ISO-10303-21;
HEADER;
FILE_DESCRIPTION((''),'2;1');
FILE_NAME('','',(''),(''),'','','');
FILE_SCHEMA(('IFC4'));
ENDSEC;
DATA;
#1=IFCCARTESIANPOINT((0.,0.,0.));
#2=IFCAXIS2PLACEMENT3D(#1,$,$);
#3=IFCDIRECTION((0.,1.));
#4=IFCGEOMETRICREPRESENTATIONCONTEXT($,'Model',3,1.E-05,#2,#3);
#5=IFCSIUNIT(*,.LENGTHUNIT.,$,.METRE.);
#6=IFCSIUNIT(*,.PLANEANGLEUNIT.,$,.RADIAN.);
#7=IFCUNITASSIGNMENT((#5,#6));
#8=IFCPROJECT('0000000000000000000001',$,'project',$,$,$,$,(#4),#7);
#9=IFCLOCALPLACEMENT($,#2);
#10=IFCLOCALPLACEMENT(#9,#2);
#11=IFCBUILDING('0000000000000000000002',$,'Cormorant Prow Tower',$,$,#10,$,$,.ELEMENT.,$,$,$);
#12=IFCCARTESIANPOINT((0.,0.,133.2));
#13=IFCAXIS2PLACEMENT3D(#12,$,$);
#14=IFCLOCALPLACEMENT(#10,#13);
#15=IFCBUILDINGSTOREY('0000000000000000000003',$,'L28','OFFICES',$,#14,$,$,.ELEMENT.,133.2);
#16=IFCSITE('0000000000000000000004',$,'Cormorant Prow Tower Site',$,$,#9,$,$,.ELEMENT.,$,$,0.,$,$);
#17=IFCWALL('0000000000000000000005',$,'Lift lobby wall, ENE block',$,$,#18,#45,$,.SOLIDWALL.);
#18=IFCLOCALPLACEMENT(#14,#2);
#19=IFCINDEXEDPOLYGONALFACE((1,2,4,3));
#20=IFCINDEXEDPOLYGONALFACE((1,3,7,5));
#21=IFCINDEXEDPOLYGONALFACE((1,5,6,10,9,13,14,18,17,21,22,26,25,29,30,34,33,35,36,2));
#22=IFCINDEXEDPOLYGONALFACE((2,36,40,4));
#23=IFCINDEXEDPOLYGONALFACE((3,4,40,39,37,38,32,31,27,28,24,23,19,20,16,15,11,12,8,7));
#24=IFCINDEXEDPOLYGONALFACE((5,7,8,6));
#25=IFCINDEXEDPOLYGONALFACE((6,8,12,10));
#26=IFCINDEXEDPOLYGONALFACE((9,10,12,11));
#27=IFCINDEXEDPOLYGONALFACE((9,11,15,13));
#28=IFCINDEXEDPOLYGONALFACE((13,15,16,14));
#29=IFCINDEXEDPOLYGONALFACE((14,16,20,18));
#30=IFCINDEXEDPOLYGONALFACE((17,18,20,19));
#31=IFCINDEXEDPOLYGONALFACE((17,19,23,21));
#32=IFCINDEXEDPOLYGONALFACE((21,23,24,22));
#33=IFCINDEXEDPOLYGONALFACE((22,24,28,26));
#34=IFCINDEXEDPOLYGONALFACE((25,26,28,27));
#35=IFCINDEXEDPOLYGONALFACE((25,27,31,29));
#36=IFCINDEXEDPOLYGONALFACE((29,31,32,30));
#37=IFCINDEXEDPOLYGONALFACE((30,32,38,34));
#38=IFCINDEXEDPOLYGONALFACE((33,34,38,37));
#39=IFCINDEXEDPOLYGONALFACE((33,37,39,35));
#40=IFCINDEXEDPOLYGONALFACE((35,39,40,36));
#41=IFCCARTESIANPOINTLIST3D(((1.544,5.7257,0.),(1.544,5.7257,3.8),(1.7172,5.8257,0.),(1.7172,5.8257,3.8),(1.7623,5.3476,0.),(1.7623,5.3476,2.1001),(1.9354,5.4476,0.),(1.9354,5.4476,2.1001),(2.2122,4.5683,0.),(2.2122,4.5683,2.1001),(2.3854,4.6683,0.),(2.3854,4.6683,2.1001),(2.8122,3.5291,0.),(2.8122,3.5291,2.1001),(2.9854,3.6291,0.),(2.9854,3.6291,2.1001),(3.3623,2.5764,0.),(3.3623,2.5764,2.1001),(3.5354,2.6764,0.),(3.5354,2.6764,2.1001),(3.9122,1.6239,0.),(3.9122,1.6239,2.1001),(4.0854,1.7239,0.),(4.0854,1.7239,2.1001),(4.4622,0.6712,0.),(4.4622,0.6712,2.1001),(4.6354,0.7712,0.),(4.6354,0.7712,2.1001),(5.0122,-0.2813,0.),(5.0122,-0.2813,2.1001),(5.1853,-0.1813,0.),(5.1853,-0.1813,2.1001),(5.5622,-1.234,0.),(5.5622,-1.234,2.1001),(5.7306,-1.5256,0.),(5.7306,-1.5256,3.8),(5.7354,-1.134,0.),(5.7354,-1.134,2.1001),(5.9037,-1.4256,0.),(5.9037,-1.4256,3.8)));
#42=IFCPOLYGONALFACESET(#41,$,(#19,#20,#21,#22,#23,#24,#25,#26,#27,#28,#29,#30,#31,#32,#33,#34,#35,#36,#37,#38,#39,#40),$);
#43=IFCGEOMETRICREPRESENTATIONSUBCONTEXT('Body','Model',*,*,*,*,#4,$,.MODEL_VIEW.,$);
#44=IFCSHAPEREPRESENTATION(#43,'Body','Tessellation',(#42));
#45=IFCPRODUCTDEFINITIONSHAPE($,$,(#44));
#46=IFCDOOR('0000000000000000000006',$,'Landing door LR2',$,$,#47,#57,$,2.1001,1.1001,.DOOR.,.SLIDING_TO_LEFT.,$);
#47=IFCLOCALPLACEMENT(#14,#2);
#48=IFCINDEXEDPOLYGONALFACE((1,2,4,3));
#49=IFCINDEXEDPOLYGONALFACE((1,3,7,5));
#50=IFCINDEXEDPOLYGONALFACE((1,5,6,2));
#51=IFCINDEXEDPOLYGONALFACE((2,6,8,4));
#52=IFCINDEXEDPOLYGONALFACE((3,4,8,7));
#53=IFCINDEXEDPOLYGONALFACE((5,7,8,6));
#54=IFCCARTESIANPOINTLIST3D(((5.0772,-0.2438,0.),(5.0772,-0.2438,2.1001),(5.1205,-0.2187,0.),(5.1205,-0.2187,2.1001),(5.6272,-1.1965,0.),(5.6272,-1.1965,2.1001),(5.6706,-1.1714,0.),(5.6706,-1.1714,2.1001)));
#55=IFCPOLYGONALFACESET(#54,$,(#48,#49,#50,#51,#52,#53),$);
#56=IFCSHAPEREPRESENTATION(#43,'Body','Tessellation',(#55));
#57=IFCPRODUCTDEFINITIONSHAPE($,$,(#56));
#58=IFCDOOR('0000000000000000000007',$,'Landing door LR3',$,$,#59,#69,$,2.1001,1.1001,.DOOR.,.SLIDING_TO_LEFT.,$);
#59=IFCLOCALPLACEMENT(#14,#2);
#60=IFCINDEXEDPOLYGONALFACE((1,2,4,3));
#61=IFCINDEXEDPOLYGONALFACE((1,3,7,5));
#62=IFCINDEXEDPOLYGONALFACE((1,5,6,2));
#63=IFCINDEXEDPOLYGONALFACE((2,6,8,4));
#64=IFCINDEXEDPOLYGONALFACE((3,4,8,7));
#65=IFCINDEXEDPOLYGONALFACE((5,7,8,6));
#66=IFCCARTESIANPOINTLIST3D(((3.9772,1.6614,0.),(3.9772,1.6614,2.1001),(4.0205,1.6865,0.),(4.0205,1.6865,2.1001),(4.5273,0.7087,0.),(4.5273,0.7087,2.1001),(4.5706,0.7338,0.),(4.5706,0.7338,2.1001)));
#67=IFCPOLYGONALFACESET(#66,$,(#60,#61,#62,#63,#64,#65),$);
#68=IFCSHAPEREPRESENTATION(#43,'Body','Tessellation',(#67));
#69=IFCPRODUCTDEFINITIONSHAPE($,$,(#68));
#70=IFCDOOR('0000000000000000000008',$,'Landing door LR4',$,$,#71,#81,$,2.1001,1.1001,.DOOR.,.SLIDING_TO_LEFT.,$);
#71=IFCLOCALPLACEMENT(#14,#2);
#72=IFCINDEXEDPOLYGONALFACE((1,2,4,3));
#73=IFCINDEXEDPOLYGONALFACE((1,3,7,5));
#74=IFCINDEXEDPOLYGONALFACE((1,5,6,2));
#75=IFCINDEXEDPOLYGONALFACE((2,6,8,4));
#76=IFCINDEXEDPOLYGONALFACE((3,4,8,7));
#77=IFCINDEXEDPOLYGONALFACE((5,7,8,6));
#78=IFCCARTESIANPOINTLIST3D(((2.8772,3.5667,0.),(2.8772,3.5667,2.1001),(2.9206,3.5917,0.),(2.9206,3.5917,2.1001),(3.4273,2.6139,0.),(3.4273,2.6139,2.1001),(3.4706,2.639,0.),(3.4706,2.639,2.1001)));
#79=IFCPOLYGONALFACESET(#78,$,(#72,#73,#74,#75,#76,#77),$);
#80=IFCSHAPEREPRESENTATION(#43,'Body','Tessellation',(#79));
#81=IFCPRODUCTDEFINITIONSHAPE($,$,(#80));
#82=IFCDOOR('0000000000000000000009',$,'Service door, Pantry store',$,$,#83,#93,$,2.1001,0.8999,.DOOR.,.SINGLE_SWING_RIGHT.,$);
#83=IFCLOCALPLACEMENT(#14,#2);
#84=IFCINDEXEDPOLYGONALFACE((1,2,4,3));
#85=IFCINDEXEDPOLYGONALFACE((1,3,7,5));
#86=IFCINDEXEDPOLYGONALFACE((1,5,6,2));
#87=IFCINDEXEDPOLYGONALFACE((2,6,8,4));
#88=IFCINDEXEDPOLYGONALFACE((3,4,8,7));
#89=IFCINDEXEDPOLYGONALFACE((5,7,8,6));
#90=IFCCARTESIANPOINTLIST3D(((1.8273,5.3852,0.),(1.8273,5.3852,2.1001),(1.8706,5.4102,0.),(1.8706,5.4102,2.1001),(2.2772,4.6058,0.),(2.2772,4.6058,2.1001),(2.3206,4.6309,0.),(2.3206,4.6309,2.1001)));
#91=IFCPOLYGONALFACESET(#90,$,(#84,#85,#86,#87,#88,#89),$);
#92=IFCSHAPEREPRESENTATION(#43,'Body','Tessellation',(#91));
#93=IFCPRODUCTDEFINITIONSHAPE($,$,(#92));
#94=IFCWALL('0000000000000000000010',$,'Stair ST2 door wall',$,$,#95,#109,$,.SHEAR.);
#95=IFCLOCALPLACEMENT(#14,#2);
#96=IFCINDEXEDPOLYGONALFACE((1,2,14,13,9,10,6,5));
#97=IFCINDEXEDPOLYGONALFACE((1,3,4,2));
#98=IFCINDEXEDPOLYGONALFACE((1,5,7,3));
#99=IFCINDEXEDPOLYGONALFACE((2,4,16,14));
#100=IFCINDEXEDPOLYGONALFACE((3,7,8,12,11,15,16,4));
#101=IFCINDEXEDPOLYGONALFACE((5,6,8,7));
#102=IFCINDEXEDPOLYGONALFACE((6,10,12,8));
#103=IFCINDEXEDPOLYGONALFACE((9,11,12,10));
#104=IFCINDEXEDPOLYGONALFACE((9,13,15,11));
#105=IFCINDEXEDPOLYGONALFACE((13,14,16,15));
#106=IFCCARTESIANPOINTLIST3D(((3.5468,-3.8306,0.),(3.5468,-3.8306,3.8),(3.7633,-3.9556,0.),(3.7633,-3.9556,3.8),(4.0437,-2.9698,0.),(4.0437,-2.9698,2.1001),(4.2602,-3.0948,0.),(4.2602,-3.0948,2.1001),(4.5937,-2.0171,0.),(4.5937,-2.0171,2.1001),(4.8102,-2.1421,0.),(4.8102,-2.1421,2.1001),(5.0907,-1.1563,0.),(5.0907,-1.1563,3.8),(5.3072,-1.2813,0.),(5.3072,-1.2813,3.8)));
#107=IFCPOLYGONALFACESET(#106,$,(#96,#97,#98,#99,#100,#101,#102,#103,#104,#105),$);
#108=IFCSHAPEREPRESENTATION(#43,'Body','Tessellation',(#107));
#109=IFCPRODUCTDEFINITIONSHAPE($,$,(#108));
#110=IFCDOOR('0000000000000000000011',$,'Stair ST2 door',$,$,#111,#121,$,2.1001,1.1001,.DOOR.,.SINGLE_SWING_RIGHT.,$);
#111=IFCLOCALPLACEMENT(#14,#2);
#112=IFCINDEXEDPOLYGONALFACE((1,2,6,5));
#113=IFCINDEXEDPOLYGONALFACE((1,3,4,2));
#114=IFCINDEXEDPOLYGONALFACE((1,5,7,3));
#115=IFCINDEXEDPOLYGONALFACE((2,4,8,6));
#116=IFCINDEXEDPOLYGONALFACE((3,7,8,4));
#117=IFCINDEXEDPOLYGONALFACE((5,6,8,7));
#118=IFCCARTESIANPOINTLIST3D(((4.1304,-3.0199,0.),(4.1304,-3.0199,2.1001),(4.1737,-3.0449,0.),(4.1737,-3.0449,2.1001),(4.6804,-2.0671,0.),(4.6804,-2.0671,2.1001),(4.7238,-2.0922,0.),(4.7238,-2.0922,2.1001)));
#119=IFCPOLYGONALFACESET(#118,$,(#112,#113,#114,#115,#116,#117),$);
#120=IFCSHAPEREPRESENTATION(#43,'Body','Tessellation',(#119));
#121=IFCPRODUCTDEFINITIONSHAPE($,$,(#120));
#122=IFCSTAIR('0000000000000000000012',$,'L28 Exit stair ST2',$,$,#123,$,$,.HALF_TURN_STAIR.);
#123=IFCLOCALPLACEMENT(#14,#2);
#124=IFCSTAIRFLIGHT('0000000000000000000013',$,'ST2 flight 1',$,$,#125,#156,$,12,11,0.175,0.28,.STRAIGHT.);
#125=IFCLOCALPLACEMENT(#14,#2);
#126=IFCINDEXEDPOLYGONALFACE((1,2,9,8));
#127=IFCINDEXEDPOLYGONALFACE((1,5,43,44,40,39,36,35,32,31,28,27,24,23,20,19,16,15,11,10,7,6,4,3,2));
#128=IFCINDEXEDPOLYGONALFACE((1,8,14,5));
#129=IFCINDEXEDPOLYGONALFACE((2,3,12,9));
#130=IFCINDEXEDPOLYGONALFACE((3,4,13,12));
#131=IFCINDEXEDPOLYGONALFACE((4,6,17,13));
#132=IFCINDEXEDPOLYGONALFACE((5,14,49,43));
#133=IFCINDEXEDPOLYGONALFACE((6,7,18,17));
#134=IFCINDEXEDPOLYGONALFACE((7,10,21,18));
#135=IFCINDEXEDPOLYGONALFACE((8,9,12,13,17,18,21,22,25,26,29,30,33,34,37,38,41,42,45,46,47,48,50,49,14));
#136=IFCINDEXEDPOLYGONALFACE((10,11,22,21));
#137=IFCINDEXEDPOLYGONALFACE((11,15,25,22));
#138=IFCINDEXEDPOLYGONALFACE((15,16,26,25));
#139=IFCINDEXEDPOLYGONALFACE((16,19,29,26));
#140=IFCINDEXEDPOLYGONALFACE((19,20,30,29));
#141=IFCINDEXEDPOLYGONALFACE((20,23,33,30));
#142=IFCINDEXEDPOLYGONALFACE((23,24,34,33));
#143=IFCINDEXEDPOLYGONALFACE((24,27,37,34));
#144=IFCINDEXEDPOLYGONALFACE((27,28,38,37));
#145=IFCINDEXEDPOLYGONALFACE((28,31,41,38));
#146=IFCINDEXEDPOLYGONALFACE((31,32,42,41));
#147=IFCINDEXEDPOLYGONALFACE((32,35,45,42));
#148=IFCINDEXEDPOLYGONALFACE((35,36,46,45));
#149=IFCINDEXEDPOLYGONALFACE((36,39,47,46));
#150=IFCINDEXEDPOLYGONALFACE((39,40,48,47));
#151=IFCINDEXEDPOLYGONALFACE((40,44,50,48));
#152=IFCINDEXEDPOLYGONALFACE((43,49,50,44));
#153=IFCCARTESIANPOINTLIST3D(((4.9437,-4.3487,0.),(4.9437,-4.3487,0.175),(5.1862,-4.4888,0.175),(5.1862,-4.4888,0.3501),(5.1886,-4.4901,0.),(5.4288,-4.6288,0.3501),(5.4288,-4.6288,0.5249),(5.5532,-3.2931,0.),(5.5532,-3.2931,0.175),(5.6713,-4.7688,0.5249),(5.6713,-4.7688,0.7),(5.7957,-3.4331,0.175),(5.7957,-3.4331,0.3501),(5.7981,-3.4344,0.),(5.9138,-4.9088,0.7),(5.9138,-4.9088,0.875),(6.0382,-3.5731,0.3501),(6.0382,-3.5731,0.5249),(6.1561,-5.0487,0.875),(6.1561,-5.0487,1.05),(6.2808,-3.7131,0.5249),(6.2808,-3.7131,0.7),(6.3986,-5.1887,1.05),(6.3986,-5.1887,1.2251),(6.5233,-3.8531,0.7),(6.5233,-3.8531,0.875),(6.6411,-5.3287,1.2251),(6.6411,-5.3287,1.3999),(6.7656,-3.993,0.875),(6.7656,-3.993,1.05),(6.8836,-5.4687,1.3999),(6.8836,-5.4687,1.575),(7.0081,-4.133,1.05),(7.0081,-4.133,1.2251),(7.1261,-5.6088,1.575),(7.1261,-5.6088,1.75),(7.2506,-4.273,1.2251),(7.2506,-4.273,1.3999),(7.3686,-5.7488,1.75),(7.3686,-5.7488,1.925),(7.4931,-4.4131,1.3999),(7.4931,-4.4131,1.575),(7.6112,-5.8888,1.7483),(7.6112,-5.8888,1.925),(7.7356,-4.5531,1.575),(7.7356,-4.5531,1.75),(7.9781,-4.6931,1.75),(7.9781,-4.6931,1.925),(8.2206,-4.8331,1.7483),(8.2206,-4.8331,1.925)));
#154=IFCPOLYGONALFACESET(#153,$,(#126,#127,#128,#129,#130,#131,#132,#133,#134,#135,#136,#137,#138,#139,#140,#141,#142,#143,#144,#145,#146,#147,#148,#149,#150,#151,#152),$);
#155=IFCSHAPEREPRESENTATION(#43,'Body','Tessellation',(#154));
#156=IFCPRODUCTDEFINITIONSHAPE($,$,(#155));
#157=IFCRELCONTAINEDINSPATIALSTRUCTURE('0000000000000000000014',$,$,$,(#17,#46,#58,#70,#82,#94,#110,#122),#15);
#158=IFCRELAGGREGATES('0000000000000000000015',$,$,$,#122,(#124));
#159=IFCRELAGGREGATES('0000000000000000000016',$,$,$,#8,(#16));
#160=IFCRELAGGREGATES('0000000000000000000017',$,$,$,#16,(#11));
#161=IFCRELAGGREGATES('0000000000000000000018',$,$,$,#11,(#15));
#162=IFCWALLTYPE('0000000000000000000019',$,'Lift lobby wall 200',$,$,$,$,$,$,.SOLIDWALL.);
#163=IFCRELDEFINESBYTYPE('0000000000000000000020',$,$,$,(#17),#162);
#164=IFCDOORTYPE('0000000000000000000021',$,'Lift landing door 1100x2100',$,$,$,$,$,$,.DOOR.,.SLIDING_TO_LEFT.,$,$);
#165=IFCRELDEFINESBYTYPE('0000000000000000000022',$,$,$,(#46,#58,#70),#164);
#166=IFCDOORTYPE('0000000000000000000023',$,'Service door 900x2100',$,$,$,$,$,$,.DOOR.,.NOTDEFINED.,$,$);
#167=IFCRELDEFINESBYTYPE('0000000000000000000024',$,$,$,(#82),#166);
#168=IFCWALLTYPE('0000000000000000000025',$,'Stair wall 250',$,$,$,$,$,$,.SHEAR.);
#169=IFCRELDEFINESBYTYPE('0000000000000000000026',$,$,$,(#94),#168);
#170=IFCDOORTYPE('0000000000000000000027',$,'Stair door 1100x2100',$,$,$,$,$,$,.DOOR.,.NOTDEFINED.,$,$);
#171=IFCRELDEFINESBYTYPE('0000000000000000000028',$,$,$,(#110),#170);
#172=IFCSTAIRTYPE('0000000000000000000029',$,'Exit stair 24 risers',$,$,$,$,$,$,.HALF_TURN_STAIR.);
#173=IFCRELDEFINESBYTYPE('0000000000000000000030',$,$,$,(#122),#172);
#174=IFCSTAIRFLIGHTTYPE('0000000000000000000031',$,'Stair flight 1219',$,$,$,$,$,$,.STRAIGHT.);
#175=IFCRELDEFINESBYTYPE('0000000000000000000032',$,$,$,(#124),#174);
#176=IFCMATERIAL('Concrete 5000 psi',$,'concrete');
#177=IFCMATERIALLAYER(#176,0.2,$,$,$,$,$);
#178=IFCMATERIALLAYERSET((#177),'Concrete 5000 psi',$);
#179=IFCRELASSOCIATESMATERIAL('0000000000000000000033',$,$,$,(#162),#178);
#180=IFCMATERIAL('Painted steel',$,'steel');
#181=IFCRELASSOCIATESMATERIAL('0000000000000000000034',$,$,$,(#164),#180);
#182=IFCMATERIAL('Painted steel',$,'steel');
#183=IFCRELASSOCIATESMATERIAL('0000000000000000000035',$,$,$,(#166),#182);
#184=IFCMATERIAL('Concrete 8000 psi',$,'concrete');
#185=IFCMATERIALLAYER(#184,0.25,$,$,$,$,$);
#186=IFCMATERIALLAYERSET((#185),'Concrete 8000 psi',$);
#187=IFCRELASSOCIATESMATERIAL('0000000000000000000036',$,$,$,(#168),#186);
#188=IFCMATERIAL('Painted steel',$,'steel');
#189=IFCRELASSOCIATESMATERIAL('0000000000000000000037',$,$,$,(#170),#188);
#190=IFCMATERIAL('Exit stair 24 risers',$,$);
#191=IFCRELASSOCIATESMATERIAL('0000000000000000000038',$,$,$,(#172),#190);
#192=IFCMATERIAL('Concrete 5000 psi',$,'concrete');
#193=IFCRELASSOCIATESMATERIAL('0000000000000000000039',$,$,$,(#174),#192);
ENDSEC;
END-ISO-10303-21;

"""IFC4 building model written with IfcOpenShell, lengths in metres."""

from ifc_helpers import new_model, si_unit, direction, frame, frame_2d, origin, place, context, subcontext, project, spatial, polyline, rectangle, outline, extrude, material, layer, layer_set, type_object, element, fill, aggregate, save


model = new_model("IFC4")

# Units and contexts
model_context = context("Model", 3, precision=1e-05, world=origin(), true_north=direction((0.0, 1.0)))
body_context = subcontext(model_context, "Body", "Model", "MODEL_VIEW")
ifc_project = project(units=[si_unit("LENGTHUNIT", "METRE"), si_unit("PLANEANGLEUNIT", "RADIAN")], contexts=[model_context])

# Site, building, storey
site_placement = place(None, origin())
site = spatial("IfcSite", under=ifc_project, at=site_placement, Name="Cormorant Prow Tower Site", CompositionType="ELEMENT", RefElevation=0.0)
building_placement = place(site_placement, origin())
building = spatial("IfcBuilding", under=site, at=building_placement, Name="Cormorant Prow Tower", CompositionType="ELEMENT")
storey_placement = place(building_placement, frame((0.0, 0.0, 133.2)))
storey = spatial("IfcBuildingStorey", under=building, at=storey_placement, Name="L28", Description="OFFICES", CompositionType="ELEMENT", Elevation=133.2)

# Wall, openings, doors
ifc_material_1 = material(Name="Concrete 5000 psi", Category="concrete")
ifc_layer_1 = layer(ifc_material_1, 0.2)
ifc_layer_set_1 = layer_set([ifc_layer_1], Name="Concrete 5000 psi")
wall_type_1 = type_object("IfcWallType", Name="Lift lobby wall 200", PredefinedType="SOLIDWALL", material=ifc_layer_set_1)
wall_1_placement = place(storey_placement, frame((5.8171, -1.4756, 0.0), z_axis=(0.0, 0.0, 1.0), x_axis=(-0.500003, 0.866024, 0.0)))
wall_1 = element("IfcWall", 1, at=wall_1_placement, inside=storey, type_object=wall_type_1, Name="Lift lobby wall, ENE block", PredefinedType="SOLIDWALL", context=body_context, shape_type="SweptSolid", body=[
    extrude(rectangle(XDim=8.373, YDim=0.2, at=frame_2d((4.1865, 0.0))), origin(), (0.0, 0.0, 1.0), 3.8),
])
opening_1_placement = place(wall_1_placement, frame((0.3367, 0.0, 0.0)))
opening_1 = element("IfcOpeningElement", 2, at=opening_1_placement, cuts=wall_1, PredefinedType="OPENING", context=body_context, shape_type="SweptSolid", body=[
    extrude(rectangle(XDim=1.1001, YDim=2.1001, at=frame_2d((0.55, 1.05))), frame((0.0, 0.1099, 0.0), z_axis=(0.0, -1.0, 0.0), x_axis=(1.0, 0.0, 0.0)), (0.0, 0.0, 1.0), 0.22),
])
opening_2_placement = place(wall_1_placement, frame((2.5366, 0.0, 0.0)))
opening_2 = element("IfcOpeningElement", 3, at=opening_2_placement, cuts=wall_1, PredefinedType="OPENING", context=body_context, shape_type="SweptSolid", body=[
    extrude(rectangle(XDim=1.1001, YDim=2.1001, at=frame_2d((0.55, 1.05))), frame((0.0, 0.1099, 0.0), z_axis=(0.0, -1.0, 0.0), x_axis=(1.0, 0.0, 0.0)), (0.0, 0.0, 1.0), 0.22),
])
opening_3_placement = place(wall_1_placement, frame((4.7366, 0.0, 0.0)))
opening_3 = element("IfcOpeningElement", 4, at=opening_3_placement, cuts=wall_1, PredefinedType="OPENING", context=body_context, shape_type="SweptSolid", body=[
    extrude(rectangle(XDim=1.1001, YDim=2.1001, at=frame_2d((0.55, 1.05))), frame((0.0, 0.1099, 0.0), z_axis=(0.0, -1.0, 0.0), x_axis=(1.0, 0.0, 0.0)), (0.0, 0.0, 1.0), 0.22),
])
opening_4_placement = place(wall_1_placement, frame((7.0366, 0.0, 0.0)))
opening_4 = element("IfcOpeningElement", 5, at=opening_4_placement, cuts=wall_1, PredefinedType="OPENING", context=body_context, shape_type="SweptSolid", body=[
    extrude(rectangle(XDim=0.8999, YDim=2.1001, at=frame_2d((0.45, 1.05))), frame((0.0, 0.1099, 0.0), z_axis=(0.0, -1.0, 0.0), x_axis=(1.0, 0.0, 0.0)), (0.0, 0.0, 1.0), 0.22),
])
ifc_material_2 = material(Name="Painted steel", Category="steel")
door_type_1 = type_object("IfcDoorType", Name="Lift landing door 1100x2100", OperationType="SLIDING_TO_LEFT", PredefinedType="DOOR", material=ifc_material_2)
door_1_placement = place(opening_1_placement, origin())
door_1 = element("IfcDoor", 6, at=door_1_placement, inside=storey, type_object=door_type_1, Name="Landing door LR2", OperationType="SLIDING_TO_LEFT", OverallHeight=2.1001, OverallWidth=1.1001, PredefinedType="DOOR", context=body_context, shape_type="SweptSolid", body=[
    extrude(rectangle(XDim=1.1001, YDim=2.1001, at=frame_2d((0.55, 1.05))), frame((0.0, 0.0249, 0.0), z_axis=(0.0, -1.0, 0.0), x_axis=(1.0, 0.0, 0.0)), (0.0, 0.0, 1.0), 0.05),
])
fill(opening_1, door_1)
door_2_placement = place(opening_2_placement, origin())
door_2 = element("IfcDoor", 7, at=door_2_placement, inside=storey, type_object=door_type_1, Name="Landing door LR3", OperationType="SLIDING_TO_LEFT", OverallHeight=2.1001, OverallWidth=1.1001, PredefinedType="DOOR", context=body_context, shape_type="SweptSolid", body=[
    extrude(rectangle(XDim=1.1001, YDim=2.1001, at=frame_2d((0.55, 1.05))), frame((0.0, 0.0249, 0.0), z_axis=(0.0, -1.0, 0.0), x_axis=(1.0, 0.0, 0.0)), (0.0, 0.0, 1.0), 0.05),
])
fill(opening_2, door_2)
door_3_placement = place(opening_3_placement, origin())
door_3 = element("IfcDoor", 8, at=door_3_placement, inside=storey, type_object=door_type_1, Name="Landing door LR4", OperationType="SLIDING_TO_LEFT", OverallHeight=2.1001, OverallWidth=1.1001, PredefinedType="DOOR", context=body_context, shape_type="SweptSolid", body=[
    extrude(rectangle(XDim=1.1001, YDim=2.1001, at=frame_2d((0.55, 1.05))), frame((0.0, 0.0249, 0.0), z_axis=(0.0, -1.0, 0.0), x_axis=(1.0, 0.0, 0.0)), (0.0, 0.0, 1.0), 0.05),
])
fill(opening_3, door_3)
ifc_material_3 = material(Name="Painted steel", Category="steel")
door_type_2 = type_object("IfcDoorType", Name="Service door 900x2100", OperationType="NOTDEFINED", PredefinedType="DOOR", material=ifc_material_3)
door_4_placement = place(opening_4_placement, origin())
door_4 = element("IfcDoor", 9, at=door_4_placement, inside=storey, type_object=door_type_2, Name="Service door, Pantry store", OperationType="SINGLE_SWING_RIGHT", OverallHeight=2.1001, OverallWidth=0.8999, PredefinedType="DOOR", context=body_context, shape_type="SweptSolid", body=[
    extrude(rectangle(XDim=0.8999, YDim=2.1001, at=frame_2d((0.45, 1.05))), frame((0.0, 0.0249, 0.0), z_axis=(0.0, -1.0, 0.0), x_axis=(1.0, 0.0, 0.0)), (0.0, 0.0, 1.0), 0.05),
])
fill(opening_4, door_4)

# Wall, opening, door
ifc_material_4 = material(Name="Concrete 8000 psi", Category="concrete")
ifc_layer_2 = layer(ifc_material_4, 0.25)
ifc_layer_set_2 = layer_set([ifc_layer_2], Name="Concrete 8000 psi")
wall_type_2 = type_object("IfcWallType", Name="Stair wall 250", PredefinedType="SHEAR", material=ifc_layer_set_2)
wall_2_placement = place(storey_placement, frame((3.655, -3.8931, 0.0), z_axis=(0.0, 0.0, 1.0), x_axis=(0.499983, 0.866035, 0.0)))
wall_2 = element("IfcWall", 10, at=wall_2_placement, inside=storey, type_object=wall_type_2, Name="Stair ST2 door wall", PredefinedType="SHEAR", context=body_context, shape_type="SweptSolid", body=[
    extrude(rectangle(XDim=3.0879, YDim=0.25, at=frame_2d((1.5439, 0.0))), origin(), (0.0, 0.0, 1.0), 3.8),
])
opening_5_placement = place(wall_2_placement, frame((0.9939, 0.0, 0.0)))
opening_5 = element("IfcOpeningElement", 11, at=opening_5_placement, cuts=wall_2, PredefinedType="OPENING", context=body_context, shape_type="SweptSolid", body=[
    extrude(rectangle(XDim=1.1001, YDim=2.1001, at=frame_2d((0.55, 1.05))), frame((0.0, 0.135, 0.0), z_axis=(0.0, -1.0, 0.0), x_axis=(1.0, 0.0, 0.0)), (0.0, 0.0, 1.0), 0.27),
])
ifc_material_5 = material(Name="Painted steel", Category="steel")
door_type_3 = type_object("IfcDoorType", Name="Stair door 1100x2100", OperationType="NOTDEFINED", PredefinedType="DOOR", material=ifc_material_5)
door_5_placement = place(opening_5_placement, origin())
door_5 = element("IfcDoor", 12, at=door_5_placement, inside=storey, type_object=door_type_3, Name="Stair ST2 door", OperationType="SINGLE_SWING_RIGHT", OverallHeight=2.1001, OverallWidth=1.1001, PredefinedType="DOOR", context=body_context, shape_type="SweptSolid", body=[
    extrude(rectangle(XDim=1.1001, YDim=2.1001, at=frame_2d((0.55, 1.05))), frame((0.0, 0.0249, 0.0), z_axis=(0.0, -1.0, 0.0), x_axis=(1.0, 0.0, 0.0)), (0.0, 0.0, 1.0), 0.05),
])
fill(opening_5, door_5)

# Stair, stair flight
ifc_material_6 = material(Name="Exit stair 24 risers")
stair_type = type_object("IfcStairType", Name="Exit stair 24 risers", PredefinedType="HALF_TURN_STAIR", material=ifc_material_6)
stair_placement = place(storey_placement, origin())
stair = element("IfcStair", 13, at=stair_placement, inside=storey, type_object=stair_type, Name="L28 Exit stair ST2", PredefinedType="HALF_TURN_STAIR")
ifc_material_7 = material(Name="Concrete 5000 psi", Category="concrete")
stair_flight_type = type_object("IfcStairFlightType", Name="Stair flight 1219", PredefinedType="STRAIGHT", material=ifc_material_7)
stair_flight_1_placement = place(storey_placement, frame((5.2485, -3.8208, 0.0), z_axis=(0.0, 0.0, 1.0), x_axis=(0.866025, -0.5, 0.0)))
stair_flight_1 = element("IfcStairFlight", 14, at=stair_flight_1_placement, type_object=stair_flight_type, Name="ST2 flight 1", NumberOfRisers=12, NumberOfTreads=11, PredefinedType="STRAIGHT", RiserHeight=0.175, TreadLength=0.28, context=body_context, shape_type="SweptSolid", body=[
    extrude(outline(polyline([(0.0, 0.0), (0.0, 0.175), (0.28, 0.175), (0.28, 0.3501), (0.5601, 0.3501), (0.5601, 0.5249), (0.8401, 0.5249), (0.8401, 0.7), (1.1201, 0.7), (1.1201, 0.875), (1.3999, 0.875), (1.3999, 1.05), (1.6799, 1.05), (1.6799, 1.2251), (1.96, 1.2251), (1.96, 1.3999), (2.24, 1.3999), (2.24, 1.575), (2.52, 1.575), (2.52, 1.75), (2.8, 1.75), (2.8, 1.925), (3.0801, 1.925), (3.0801, 2.1001), (3.0801, 1.7483), (0.2827, 0.0), (0.0, 0.0)])), frame((0.0, 0.6094, 0.0), z_axis=(0.0, -1.0, 0.0), x_axis=(1.0, 0.0, 0.0)), (0.0, 0.0, 1.0), 1.219),
])
aggregate(stair, [stair_flight_1])

save(model, "model.ifc")
